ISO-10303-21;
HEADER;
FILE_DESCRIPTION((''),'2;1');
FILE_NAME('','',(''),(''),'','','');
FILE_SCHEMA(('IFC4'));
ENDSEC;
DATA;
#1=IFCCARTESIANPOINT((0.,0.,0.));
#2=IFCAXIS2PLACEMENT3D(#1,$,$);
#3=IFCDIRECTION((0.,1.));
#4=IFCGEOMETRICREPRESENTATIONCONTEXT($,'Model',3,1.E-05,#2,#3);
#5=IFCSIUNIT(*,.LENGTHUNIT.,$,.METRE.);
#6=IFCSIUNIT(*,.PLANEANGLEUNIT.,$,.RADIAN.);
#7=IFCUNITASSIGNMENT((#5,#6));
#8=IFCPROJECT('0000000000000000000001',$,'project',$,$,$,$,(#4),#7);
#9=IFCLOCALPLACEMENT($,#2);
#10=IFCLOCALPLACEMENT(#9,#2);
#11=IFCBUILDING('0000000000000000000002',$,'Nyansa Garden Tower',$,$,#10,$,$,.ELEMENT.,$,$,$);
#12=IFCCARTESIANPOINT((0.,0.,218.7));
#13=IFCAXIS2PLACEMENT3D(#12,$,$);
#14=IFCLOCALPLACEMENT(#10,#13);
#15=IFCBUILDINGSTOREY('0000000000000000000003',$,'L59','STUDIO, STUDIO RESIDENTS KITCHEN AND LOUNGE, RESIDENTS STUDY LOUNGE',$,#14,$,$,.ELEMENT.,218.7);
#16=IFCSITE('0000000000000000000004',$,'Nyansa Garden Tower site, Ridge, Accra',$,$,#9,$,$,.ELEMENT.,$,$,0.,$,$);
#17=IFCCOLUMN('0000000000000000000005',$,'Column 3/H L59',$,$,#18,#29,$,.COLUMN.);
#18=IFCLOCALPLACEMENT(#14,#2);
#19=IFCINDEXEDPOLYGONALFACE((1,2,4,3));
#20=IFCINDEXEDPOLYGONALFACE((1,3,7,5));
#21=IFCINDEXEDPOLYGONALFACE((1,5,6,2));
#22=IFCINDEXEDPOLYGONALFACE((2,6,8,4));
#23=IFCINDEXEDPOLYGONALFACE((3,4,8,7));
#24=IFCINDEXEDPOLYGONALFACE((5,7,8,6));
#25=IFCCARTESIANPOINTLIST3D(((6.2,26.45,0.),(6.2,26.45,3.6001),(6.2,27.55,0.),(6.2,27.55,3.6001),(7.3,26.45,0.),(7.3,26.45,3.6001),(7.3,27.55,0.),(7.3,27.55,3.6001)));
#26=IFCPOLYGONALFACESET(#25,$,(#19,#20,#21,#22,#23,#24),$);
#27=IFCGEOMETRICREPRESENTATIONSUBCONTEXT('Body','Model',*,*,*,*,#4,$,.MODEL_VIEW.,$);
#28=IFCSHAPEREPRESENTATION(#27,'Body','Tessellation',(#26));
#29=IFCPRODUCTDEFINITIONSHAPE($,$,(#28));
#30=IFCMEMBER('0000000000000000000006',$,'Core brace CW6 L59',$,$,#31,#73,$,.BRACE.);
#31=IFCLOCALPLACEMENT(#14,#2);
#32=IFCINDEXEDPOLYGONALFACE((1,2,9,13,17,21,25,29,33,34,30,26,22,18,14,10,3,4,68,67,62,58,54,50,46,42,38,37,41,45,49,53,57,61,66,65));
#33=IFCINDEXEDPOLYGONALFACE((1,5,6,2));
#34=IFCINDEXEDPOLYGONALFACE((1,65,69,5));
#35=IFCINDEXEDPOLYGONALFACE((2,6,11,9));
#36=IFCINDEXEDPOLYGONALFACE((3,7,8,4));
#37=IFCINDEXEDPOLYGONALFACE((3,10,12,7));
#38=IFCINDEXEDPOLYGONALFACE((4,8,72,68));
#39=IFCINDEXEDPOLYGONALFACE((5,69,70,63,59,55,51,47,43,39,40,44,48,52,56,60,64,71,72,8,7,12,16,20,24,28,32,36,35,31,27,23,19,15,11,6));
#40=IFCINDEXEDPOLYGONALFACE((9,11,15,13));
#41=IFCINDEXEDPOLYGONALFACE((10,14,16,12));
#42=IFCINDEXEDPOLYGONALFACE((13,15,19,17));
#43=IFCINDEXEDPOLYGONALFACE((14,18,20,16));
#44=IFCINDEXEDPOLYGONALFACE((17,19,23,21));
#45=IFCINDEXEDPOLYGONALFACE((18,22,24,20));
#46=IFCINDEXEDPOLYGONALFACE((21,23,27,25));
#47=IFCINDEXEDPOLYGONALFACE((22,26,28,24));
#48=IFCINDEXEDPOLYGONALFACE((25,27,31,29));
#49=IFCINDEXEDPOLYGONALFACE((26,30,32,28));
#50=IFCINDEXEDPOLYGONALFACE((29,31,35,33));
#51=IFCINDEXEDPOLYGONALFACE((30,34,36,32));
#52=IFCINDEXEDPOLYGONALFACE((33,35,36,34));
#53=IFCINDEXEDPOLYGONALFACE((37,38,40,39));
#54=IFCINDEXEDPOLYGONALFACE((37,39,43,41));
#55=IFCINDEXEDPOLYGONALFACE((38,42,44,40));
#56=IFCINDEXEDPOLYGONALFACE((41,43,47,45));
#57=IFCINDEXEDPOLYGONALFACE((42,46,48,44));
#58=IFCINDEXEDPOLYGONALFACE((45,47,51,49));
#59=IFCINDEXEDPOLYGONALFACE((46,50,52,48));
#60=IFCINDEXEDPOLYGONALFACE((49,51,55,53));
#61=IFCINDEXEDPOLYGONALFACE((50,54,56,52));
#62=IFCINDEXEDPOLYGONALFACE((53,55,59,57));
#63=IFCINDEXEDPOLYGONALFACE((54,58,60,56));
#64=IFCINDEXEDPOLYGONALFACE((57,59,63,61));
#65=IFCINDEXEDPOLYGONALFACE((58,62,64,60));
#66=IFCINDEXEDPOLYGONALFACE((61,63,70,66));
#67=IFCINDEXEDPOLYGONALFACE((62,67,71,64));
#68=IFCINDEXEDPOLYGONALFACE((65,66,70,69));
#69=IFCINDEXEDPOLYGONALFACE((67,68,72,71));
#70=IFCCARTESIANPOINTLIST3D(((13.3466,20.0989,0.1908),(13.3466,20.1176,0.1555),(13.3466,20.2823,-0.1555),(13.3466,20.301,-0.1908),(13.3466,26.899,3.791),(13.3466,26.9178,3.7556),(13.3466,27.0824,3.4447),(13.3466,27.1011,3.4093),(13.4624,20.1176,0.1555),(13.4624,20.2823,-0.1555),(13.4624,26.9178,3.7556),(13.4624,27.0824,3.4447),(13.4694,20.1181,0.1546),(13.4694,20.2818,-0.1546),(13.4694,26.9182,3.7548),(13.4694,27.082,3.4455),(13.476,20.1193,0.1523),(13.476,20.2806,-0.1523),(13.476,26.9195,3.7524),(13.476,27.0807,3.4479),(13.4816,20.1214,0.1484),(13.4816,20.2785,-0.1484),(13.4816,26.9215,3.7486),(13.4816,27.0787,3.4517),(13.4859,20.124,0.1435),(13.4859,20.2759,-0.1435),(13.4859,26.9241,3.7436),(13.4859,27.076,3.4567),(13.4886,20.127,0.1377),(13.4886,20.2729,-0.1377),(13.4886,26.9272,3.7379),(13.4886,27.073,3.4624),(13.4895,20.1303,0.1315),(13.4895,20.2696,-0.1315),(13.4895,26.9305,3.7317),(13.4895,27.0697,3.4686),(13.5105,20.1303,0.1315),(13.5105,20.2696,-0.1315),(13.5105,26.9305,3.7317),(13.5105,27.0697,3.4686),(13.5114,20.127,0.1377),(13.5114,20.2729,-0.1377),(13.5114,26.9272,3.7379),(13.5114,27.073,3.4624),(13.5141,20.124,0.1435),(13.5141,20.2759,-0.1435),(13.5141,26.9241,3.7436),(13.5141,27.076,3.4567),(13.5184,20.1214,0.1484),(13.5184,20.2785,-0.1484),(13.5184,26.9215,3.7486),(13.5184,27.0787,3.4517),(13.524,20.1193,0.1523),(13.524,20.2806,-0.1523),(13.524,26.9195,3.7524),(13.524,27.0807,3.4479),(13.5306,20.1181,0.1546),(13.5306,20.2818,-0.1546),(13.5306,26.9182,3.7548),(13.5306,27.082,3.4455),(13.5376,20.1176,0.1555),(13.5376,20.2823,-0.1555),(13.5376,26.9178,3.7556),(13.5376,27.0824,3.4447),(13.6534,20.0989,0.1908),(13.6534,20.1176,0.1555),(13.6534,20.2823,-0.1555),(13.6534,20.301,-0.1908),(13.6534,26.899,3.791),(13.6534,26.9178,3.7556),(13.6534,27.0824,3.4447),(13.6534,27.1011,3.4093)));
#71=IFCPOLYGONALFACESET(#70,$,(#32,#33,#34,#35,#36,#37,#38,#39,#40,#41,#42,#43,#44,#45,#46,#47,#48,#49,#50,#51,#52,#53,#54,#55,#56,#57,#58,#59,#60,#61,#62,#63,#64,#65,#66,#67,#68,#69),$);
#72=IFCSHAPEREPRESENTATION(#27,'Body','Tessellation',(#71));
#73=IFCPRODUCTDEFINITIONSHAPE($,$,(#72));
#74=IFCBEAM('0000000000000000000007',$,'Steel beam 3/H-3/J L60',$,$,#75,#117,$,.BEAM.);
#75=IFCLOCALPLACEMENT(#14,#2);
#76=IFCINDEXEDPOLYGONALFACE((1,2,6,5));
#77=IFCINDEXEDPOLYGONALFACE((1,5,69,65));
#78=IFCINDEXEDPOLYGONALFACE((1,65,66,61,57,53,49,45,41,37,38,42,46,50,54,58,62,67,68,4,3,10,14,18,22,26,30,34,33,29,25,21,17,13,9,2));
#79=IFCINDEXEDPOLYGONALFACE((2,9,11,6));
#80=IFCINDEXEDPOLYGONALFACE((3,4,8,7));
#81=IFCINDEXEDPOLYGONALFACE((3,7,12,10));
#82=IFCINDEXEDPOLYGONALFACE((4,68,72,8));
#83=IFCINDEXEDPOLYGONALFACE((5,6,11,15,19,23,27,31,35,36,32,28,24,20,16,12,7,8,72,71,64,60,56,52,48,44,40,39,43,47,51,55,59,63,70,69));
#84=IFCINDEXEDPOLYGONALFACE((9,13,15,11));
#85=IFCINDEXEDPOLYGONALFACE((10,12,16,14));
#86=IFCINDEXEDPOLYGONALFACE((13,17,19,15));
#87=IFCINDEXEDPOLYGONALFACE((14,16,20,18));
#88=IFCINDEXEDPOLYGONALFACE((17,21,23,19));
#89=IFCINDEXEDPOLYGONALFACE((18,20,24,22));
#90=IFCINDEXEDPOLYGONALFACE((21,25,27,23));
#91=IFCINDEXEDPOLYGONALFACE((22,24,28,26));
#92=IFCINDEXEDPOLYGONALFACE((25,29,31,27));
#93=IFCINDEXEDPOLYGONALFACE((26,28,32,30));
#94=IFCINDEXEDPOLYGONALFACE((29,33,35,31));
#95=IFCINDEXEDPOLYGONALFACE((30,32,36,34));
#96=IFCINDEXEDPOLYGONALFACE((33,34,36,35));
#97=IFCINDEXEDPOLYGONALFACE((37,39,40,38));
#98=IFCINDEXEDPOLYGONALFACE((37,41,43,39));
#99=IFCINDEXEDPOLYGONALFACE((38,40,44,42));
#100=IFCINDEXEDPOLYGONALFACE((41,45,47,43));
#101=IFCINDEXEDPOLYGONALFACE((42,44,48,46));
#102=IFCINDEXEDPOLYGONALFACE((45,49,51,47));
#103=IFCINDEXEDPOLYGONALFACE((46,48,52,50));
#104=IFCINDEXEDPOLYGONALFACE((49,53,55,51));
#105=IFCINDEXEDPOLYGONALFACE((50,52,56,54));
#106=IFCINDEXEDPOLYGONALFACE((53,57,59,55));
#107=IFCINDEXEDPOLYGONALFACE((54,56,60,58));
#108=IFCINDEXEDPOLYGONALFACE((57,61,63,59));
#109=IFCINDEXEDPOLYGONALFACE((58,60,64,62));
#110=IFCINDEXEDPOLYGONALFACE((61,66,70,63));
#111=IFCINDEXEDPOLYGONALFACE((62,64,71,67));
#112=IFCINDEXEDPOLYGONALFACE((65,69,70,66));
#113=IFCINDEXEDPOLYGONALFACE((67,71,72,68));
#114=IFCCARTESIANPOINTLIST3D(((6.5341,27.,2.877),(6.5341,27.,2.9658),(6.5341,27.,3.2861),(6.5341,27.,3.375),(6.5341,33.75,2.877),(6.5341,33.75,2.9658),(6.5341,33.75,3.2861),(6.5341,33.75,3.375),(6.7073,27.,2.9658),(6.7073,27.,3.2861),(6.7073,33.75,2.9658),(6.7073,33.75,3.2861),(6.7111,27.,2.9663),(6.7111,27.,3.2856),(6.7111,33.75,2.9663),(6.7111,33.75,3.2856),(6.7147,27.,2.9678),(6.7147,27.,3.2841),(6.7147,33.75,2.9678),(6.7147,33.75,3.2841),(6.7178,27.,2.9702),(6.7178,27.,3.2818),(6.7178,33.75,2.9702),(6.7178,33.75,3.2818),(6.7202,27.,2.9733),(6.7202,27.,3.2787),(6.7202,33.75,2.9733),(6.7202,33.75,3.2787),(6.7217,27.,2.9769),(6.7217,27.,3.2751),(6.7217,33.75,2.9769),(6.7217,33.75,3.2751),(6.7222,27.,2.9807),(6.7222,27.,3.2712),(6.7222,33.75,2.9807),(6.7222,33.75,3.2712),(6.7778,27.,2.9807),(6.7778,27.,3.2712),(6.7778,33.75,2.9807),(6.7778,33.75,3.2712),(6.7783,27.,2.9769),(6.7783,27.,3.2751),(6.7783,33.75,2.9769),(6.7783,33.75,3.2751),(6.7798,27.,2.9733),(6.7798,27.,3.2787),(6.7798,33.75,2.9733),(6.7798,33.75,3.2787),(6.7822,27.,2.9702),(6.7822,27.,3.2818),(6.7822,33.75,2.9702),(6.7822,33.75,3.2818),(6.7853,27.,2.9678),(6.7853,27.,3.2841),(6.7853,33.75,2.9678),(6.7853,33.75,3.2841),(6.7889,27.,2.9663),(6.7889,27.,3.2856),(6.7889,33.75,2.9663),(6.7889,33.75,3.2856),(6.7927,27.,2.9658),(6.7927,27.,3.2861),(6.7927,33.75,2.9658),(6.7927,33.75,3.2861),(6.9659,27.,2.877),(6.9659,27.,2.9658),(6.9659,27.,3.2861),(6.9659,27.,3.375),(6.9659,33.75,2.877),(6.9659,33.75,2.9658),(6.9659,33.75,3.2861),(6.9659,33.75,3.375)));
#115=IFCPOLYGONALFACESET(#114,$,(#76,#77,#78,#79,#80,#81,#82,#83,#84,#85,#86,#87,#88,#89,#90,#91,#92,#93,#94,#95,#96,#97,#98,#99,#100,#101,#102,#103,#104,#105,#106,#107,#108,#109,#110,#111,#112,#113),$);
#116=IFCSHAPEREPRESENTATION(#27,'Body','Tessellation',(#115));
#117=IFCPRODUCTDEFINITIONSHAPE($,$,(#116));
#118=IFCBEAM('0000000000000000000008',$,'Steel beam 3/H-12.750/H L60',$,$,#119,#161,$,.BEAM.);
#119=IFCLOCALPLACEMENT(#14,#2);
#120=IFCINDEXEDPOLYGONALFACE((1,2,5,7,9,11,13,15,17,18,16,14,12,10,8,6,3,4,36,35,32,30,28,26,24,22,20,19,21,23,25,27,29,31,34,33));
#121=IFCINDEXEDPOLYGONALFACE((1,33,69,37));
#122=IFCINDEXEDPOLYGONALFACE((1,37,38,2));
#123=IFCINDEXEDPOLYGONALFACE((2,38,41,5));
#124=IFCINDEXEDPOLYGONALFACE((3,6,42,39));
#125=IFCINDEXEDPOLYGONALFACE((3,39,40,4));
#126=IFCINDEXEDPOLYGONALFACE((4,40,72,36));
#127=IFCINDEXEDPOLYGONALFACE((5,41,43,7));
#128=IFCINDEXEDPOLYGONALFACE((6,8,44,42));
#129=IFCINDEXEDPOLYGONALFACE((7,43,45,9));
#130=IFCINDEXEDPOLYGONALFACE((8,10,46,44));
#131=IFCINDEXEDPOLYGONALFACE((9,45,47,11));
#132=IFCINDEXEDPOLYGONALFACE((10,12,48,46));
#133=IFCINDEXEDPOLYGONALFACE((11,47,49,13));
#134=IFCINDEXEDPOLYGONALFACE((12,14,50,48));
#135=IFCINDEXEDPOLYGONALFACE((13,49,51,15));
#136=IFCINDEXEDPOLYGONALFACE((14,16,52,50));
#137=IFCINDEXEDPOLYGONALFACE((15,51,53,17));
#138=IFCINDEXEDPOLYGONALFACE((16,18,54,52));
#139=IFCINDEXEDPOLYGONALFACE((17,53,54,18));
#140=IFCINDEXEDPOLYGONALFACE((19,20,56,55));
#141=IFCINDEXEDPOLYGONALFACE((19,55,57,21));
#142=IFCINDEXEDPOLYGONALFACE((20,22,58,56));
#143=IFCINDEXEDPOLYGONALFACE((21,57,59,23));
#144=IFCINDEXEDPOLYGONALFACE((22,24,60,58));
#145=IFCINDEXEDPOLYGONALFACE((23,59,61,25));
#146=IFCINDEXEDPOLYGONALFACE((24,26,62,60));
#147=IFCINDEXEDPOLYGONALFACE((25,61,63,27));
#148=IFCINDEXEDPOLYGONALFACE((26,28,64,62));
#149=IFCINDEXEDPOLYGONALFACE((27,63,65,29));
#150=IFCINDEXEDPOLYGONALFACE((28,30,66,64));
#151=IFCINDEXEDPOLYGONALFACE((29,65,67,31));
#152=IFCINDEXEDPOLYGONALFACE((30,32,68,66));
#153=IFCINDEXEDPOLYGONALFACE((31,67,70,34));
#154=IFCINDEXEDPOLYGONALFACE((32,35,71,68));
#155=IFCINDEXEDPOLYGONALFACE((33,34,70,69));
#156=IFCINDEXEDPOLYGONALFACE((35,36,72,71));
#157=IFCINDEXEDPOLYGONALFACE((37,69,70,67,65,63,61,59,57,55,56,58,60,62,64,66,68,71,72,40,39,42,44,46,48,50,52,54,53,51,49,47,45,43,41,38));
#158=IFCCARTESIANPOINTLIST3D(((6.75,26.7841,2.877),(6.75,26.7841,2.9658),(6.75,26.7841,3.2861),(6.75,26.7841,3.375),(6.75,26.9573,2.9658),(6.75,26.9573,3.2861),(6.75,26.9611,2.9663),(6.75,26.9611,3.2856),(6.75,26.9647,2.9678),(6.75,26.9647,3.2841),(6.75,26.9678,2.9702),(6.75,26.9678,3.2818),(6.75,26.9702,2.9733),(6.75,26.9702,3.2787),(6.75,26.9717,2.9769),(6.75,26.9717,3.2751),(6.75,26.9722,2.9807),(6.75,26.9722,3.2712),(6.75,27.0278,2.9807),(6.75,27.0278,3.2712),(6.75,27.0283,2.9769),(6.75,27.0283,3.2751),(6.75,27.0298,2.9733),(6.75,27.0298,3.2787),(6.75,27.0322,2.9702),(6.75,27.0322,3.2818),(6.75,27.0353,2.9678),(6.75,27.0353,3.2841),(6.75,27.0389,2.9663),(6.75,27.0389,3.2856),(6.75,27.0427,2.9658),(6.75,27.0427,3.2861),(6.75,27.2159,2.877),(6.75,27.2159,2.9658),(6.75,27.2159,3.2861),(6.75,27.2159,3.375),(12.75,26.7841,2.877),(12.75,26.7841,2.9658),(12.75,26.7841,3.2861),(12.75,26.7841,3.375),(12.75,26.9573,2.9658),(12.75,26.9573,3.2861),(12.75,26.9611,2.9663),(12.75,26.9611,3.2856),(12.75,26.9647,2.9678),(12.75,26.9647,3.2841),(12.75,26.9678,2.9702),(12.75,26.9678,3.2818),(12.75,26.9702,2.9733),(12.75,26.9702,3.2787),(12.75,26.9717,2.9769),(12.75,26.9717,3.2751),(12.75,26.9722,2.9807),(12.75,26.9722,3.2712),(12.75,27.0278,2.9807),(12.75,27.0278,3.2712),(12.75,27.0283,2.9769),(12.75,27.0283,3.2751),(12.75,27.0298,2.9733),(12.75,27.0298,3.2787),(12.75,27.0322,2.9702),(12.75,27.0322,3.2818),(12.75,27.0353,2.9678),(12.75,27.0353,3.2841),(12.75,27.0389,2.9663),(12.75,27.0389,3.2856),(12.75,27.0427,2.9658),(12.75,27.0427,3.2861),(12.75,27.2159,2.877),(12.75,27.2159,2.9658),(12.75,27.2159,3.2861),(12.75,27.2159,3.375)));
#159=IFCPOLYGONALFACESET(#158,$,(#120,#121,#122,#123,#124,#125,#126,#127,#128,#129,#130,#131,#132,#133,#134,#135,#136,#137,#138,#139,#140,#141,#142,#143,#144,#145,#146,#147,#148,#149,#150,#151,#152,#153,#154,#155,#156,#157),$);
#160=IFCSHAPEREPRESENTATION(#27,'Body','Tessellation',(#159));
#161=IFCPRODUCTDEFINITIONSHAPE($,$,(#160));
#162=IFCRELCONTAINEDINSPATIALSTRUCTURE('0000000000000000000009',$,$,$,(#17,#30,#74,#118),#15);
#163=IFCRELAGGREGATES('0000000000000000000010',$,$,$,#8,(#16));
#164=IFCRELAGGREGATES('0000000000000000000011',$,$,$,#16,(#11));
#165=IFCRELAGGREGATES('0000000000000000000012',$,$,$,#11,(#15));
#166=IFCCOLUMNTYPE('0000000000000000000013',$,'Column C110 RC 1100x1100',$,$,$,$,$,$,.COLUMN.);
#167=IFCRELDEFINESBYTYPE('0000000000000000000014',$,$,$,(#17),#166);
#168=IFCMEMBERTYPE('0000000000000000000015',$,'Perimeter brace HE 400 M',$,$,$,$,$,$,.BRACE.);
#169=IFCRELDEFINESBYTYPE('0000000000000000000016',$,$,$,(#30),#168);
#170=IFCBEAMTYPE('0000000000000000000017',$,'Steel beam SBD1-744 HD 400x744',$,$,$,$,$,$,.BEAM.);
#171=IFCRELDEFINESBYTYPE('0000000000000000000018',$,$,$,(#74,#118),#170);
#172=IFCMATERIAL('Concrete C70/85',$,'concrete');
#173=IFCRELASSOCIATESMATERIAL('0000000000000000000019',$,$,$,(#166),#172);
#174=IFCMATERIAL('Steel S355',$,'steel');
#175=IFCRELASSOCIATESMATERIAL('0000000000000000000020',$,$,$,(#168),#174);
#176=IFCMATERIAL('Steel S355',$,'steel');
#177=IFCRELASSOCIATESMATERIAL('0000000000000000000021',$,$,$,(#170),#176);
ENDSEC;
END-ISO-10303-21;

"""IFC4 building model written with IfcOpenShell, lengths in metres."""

from ifc_helpers import new_model, si_unit, direction, frame, origin, origin_2d, place, context, subcontext, project, spatial, rectangle, i_section, extrude, material, material_profile, profile_set, type_object, element, save


model = new_model("IFC4")

# Units and contexts
model_context = context("Model", 3, precision=1e-05, world=origin(), true_north=direction((0.0, 1.0)))
body_context = subcontext(model_context, "Body", "Model", "MODEL_VIEW")
ifc_project = project(units=[si_unit("LENGTHUNIT", "METRE"), si_unit("PLANEANGLEUNIT", "RADIAN")], contexts=[model_context])

# Site, building, storey
site_placement = place(None, origin())
site = spatial("IfcSite", under=ifc_project, at=site_placement, Name="Nyansa Garden Tower site, Ridge, Accra", CompositionType="ELEMENT", RefElevation=0.0)
building_placement = place(site_placement, origin())
building = spatial("IfcBuilding", under=site, at=building_placement, Name="Nyansa Garden Tower", CompositionType="ELEMENT")
storey_placement = place(building_placement, frame((0.0, 0.0, 218.7)))
storey = spatial("IfcBuildingStorey", under=building, at=storey_placement, Name="L59", Description="STUDIO, STUDIO RESIDENTS KITCHEN AND LOUNGE, RESIDENTS STUDY LOUNGE", CompositionType="ELEMENT", Elevation=218.7)

# Column
ifc_material_1 = material(Name="Concrete C70/85", Category="concrete")
ifc_material_profile_1 = material_profile(ifc_material_1, rectangle(XDim=1.1001, YDim=1.1001, at=origin_2d()), Name="RC 1100x1100")
ifc_profile_set_1 = profile_set([ifc_material_profile_1], Name="Concrete C70/85")
column_type = type_object("IfcColumnType", Name="Column C110 RC 1100x1100", PredefinedType="COLUMN", material=ifc_profile_set_1)
column_placement = place(storey_placement, frame((6.75, 27.0, 0.0), z_axis=(0.0, 0.0, 1.0), x_axis=(1.0, 0.0, 0.0)))
element("IfcColumn", 1, at=column_placement, inside=storey, type_object=column_type, Name="Column 3/H L59", PredefinedType="COLUMN", context=body_context, shape_type="SweptSolid", body=[
    extrude(rectangle(XDim=1.1001, YDim=1.1001, at=origin_2d()), origin(), (0.0, 0.0, 1.0), 3.6001),
])

# Member
ifc_material_2 = material(Name="Steel S355", Category="steel")
ifc_material_profile_2 = material_profile(ifc_material_2, i_section(OverallWidth=0.3069, OverallDepth=0.4319, WebThickness=0.021, FlangeThickness=0.04, FilletRadius=0.0271, at=origin_2d()), Name="HE 400 M")
ifc_profile_set_2 = profile_set([ifc_material_profile_2], Name="Steel S355")
member_type = type_object("IfcMemberType", Name="Perimeter brace HE 400 M", PredefinedType="BRACE", material=ifc_profile_set_2)
member_placement = place(storey_placement, frame((13.5, 20.2, 0.0), z_axis=(0.0, 0.883784, 0.467895), x_axis=(-1.0, 0.0, 0.0)))
element("IfcMember", 2, at=member_placement, inside=storey, type_object=member_type, Name="Core brace CW6 L59", PredefinedType="BRACE", context=body_context, shape_type="SweptSolid", body=[
    extrude(i_section(OverallWidth=0.3069, OverallDepth=0.4319, WebThickness=0.021, FlangeThickness=0.04, FilletRadius=0.0271, at=origin_2d()), origin(), (0.0, 0.0, 1.0), 7.6943),
])

# Beams
ifc_material_3 = material(Name="Steel S355", Category="steel")
ifc_material_profile_3 = material_profile(ifc_material_3, i_section(OverallWidth=0.4319, OverallDepth=0.498, WebThickness=0.0557, FlangeThickness=0.0889, FilletRadius=0.0149, at=origin_2d()), Name="HD 400x744")
ifc_profile_set_3 = profile_set([ifc_material_profile_3], Name="Steel S355")
beam_type_1 = type_object("IfcBeamType", Name="Steel beam SBD1-744 HD 400x744", PredefinedType="BEAM", material=ifc_profile_set_3)
beam_1_placement = place(storey_placement, frame((6.75, 27.0, 3.126), z_axis=(0.0, 1.0, 0.0), x_axis=(-1.0, 0.0, 0.0)))
element("IfcBeam", 3, at=beam_1_placement, inside=storey, type_object=beam_type_1, Name="Steel beam 3/H-3/J L60", PredefinedType="BEAM", context=body_context, shape_type="SweptSolid", body=[
    extrude(i_section(OverallWidth=0.4319, OverallDepth=0.498, WebThickness=0.0557, FlangeThickness=0.0889, FilletRadius=0.0149, at=origin_2d()), origin(), (0.0, 0.0, 1.0), 6.75),
])
beam_2_placement = place(storey_placement, frame((6.75, 27.0, 3.126), z_axis=(1.0, 0.0, 0.0), x_axis=(0.0, 1.0, 0.0)))
element("IfcBeam", 4, at=beam_2_placement, inside=storey, type_object=beam_type_1, Name="Steel beam 3/H-12.750/H L60", PredefinedType="BEAM", context=body_context, shape_type="SweptSolid", body=[
    extrude(i_section(OverallWidth=0.4319, OverallDepth=0.498, WebThickness=0.0557, FlangeThickness=0.0889, FilletRadius=0.0149, at=origin_2d()), origin(), (0.0, 0.0, 1.0), 6.0),
])

save(model, "model.ifc")
